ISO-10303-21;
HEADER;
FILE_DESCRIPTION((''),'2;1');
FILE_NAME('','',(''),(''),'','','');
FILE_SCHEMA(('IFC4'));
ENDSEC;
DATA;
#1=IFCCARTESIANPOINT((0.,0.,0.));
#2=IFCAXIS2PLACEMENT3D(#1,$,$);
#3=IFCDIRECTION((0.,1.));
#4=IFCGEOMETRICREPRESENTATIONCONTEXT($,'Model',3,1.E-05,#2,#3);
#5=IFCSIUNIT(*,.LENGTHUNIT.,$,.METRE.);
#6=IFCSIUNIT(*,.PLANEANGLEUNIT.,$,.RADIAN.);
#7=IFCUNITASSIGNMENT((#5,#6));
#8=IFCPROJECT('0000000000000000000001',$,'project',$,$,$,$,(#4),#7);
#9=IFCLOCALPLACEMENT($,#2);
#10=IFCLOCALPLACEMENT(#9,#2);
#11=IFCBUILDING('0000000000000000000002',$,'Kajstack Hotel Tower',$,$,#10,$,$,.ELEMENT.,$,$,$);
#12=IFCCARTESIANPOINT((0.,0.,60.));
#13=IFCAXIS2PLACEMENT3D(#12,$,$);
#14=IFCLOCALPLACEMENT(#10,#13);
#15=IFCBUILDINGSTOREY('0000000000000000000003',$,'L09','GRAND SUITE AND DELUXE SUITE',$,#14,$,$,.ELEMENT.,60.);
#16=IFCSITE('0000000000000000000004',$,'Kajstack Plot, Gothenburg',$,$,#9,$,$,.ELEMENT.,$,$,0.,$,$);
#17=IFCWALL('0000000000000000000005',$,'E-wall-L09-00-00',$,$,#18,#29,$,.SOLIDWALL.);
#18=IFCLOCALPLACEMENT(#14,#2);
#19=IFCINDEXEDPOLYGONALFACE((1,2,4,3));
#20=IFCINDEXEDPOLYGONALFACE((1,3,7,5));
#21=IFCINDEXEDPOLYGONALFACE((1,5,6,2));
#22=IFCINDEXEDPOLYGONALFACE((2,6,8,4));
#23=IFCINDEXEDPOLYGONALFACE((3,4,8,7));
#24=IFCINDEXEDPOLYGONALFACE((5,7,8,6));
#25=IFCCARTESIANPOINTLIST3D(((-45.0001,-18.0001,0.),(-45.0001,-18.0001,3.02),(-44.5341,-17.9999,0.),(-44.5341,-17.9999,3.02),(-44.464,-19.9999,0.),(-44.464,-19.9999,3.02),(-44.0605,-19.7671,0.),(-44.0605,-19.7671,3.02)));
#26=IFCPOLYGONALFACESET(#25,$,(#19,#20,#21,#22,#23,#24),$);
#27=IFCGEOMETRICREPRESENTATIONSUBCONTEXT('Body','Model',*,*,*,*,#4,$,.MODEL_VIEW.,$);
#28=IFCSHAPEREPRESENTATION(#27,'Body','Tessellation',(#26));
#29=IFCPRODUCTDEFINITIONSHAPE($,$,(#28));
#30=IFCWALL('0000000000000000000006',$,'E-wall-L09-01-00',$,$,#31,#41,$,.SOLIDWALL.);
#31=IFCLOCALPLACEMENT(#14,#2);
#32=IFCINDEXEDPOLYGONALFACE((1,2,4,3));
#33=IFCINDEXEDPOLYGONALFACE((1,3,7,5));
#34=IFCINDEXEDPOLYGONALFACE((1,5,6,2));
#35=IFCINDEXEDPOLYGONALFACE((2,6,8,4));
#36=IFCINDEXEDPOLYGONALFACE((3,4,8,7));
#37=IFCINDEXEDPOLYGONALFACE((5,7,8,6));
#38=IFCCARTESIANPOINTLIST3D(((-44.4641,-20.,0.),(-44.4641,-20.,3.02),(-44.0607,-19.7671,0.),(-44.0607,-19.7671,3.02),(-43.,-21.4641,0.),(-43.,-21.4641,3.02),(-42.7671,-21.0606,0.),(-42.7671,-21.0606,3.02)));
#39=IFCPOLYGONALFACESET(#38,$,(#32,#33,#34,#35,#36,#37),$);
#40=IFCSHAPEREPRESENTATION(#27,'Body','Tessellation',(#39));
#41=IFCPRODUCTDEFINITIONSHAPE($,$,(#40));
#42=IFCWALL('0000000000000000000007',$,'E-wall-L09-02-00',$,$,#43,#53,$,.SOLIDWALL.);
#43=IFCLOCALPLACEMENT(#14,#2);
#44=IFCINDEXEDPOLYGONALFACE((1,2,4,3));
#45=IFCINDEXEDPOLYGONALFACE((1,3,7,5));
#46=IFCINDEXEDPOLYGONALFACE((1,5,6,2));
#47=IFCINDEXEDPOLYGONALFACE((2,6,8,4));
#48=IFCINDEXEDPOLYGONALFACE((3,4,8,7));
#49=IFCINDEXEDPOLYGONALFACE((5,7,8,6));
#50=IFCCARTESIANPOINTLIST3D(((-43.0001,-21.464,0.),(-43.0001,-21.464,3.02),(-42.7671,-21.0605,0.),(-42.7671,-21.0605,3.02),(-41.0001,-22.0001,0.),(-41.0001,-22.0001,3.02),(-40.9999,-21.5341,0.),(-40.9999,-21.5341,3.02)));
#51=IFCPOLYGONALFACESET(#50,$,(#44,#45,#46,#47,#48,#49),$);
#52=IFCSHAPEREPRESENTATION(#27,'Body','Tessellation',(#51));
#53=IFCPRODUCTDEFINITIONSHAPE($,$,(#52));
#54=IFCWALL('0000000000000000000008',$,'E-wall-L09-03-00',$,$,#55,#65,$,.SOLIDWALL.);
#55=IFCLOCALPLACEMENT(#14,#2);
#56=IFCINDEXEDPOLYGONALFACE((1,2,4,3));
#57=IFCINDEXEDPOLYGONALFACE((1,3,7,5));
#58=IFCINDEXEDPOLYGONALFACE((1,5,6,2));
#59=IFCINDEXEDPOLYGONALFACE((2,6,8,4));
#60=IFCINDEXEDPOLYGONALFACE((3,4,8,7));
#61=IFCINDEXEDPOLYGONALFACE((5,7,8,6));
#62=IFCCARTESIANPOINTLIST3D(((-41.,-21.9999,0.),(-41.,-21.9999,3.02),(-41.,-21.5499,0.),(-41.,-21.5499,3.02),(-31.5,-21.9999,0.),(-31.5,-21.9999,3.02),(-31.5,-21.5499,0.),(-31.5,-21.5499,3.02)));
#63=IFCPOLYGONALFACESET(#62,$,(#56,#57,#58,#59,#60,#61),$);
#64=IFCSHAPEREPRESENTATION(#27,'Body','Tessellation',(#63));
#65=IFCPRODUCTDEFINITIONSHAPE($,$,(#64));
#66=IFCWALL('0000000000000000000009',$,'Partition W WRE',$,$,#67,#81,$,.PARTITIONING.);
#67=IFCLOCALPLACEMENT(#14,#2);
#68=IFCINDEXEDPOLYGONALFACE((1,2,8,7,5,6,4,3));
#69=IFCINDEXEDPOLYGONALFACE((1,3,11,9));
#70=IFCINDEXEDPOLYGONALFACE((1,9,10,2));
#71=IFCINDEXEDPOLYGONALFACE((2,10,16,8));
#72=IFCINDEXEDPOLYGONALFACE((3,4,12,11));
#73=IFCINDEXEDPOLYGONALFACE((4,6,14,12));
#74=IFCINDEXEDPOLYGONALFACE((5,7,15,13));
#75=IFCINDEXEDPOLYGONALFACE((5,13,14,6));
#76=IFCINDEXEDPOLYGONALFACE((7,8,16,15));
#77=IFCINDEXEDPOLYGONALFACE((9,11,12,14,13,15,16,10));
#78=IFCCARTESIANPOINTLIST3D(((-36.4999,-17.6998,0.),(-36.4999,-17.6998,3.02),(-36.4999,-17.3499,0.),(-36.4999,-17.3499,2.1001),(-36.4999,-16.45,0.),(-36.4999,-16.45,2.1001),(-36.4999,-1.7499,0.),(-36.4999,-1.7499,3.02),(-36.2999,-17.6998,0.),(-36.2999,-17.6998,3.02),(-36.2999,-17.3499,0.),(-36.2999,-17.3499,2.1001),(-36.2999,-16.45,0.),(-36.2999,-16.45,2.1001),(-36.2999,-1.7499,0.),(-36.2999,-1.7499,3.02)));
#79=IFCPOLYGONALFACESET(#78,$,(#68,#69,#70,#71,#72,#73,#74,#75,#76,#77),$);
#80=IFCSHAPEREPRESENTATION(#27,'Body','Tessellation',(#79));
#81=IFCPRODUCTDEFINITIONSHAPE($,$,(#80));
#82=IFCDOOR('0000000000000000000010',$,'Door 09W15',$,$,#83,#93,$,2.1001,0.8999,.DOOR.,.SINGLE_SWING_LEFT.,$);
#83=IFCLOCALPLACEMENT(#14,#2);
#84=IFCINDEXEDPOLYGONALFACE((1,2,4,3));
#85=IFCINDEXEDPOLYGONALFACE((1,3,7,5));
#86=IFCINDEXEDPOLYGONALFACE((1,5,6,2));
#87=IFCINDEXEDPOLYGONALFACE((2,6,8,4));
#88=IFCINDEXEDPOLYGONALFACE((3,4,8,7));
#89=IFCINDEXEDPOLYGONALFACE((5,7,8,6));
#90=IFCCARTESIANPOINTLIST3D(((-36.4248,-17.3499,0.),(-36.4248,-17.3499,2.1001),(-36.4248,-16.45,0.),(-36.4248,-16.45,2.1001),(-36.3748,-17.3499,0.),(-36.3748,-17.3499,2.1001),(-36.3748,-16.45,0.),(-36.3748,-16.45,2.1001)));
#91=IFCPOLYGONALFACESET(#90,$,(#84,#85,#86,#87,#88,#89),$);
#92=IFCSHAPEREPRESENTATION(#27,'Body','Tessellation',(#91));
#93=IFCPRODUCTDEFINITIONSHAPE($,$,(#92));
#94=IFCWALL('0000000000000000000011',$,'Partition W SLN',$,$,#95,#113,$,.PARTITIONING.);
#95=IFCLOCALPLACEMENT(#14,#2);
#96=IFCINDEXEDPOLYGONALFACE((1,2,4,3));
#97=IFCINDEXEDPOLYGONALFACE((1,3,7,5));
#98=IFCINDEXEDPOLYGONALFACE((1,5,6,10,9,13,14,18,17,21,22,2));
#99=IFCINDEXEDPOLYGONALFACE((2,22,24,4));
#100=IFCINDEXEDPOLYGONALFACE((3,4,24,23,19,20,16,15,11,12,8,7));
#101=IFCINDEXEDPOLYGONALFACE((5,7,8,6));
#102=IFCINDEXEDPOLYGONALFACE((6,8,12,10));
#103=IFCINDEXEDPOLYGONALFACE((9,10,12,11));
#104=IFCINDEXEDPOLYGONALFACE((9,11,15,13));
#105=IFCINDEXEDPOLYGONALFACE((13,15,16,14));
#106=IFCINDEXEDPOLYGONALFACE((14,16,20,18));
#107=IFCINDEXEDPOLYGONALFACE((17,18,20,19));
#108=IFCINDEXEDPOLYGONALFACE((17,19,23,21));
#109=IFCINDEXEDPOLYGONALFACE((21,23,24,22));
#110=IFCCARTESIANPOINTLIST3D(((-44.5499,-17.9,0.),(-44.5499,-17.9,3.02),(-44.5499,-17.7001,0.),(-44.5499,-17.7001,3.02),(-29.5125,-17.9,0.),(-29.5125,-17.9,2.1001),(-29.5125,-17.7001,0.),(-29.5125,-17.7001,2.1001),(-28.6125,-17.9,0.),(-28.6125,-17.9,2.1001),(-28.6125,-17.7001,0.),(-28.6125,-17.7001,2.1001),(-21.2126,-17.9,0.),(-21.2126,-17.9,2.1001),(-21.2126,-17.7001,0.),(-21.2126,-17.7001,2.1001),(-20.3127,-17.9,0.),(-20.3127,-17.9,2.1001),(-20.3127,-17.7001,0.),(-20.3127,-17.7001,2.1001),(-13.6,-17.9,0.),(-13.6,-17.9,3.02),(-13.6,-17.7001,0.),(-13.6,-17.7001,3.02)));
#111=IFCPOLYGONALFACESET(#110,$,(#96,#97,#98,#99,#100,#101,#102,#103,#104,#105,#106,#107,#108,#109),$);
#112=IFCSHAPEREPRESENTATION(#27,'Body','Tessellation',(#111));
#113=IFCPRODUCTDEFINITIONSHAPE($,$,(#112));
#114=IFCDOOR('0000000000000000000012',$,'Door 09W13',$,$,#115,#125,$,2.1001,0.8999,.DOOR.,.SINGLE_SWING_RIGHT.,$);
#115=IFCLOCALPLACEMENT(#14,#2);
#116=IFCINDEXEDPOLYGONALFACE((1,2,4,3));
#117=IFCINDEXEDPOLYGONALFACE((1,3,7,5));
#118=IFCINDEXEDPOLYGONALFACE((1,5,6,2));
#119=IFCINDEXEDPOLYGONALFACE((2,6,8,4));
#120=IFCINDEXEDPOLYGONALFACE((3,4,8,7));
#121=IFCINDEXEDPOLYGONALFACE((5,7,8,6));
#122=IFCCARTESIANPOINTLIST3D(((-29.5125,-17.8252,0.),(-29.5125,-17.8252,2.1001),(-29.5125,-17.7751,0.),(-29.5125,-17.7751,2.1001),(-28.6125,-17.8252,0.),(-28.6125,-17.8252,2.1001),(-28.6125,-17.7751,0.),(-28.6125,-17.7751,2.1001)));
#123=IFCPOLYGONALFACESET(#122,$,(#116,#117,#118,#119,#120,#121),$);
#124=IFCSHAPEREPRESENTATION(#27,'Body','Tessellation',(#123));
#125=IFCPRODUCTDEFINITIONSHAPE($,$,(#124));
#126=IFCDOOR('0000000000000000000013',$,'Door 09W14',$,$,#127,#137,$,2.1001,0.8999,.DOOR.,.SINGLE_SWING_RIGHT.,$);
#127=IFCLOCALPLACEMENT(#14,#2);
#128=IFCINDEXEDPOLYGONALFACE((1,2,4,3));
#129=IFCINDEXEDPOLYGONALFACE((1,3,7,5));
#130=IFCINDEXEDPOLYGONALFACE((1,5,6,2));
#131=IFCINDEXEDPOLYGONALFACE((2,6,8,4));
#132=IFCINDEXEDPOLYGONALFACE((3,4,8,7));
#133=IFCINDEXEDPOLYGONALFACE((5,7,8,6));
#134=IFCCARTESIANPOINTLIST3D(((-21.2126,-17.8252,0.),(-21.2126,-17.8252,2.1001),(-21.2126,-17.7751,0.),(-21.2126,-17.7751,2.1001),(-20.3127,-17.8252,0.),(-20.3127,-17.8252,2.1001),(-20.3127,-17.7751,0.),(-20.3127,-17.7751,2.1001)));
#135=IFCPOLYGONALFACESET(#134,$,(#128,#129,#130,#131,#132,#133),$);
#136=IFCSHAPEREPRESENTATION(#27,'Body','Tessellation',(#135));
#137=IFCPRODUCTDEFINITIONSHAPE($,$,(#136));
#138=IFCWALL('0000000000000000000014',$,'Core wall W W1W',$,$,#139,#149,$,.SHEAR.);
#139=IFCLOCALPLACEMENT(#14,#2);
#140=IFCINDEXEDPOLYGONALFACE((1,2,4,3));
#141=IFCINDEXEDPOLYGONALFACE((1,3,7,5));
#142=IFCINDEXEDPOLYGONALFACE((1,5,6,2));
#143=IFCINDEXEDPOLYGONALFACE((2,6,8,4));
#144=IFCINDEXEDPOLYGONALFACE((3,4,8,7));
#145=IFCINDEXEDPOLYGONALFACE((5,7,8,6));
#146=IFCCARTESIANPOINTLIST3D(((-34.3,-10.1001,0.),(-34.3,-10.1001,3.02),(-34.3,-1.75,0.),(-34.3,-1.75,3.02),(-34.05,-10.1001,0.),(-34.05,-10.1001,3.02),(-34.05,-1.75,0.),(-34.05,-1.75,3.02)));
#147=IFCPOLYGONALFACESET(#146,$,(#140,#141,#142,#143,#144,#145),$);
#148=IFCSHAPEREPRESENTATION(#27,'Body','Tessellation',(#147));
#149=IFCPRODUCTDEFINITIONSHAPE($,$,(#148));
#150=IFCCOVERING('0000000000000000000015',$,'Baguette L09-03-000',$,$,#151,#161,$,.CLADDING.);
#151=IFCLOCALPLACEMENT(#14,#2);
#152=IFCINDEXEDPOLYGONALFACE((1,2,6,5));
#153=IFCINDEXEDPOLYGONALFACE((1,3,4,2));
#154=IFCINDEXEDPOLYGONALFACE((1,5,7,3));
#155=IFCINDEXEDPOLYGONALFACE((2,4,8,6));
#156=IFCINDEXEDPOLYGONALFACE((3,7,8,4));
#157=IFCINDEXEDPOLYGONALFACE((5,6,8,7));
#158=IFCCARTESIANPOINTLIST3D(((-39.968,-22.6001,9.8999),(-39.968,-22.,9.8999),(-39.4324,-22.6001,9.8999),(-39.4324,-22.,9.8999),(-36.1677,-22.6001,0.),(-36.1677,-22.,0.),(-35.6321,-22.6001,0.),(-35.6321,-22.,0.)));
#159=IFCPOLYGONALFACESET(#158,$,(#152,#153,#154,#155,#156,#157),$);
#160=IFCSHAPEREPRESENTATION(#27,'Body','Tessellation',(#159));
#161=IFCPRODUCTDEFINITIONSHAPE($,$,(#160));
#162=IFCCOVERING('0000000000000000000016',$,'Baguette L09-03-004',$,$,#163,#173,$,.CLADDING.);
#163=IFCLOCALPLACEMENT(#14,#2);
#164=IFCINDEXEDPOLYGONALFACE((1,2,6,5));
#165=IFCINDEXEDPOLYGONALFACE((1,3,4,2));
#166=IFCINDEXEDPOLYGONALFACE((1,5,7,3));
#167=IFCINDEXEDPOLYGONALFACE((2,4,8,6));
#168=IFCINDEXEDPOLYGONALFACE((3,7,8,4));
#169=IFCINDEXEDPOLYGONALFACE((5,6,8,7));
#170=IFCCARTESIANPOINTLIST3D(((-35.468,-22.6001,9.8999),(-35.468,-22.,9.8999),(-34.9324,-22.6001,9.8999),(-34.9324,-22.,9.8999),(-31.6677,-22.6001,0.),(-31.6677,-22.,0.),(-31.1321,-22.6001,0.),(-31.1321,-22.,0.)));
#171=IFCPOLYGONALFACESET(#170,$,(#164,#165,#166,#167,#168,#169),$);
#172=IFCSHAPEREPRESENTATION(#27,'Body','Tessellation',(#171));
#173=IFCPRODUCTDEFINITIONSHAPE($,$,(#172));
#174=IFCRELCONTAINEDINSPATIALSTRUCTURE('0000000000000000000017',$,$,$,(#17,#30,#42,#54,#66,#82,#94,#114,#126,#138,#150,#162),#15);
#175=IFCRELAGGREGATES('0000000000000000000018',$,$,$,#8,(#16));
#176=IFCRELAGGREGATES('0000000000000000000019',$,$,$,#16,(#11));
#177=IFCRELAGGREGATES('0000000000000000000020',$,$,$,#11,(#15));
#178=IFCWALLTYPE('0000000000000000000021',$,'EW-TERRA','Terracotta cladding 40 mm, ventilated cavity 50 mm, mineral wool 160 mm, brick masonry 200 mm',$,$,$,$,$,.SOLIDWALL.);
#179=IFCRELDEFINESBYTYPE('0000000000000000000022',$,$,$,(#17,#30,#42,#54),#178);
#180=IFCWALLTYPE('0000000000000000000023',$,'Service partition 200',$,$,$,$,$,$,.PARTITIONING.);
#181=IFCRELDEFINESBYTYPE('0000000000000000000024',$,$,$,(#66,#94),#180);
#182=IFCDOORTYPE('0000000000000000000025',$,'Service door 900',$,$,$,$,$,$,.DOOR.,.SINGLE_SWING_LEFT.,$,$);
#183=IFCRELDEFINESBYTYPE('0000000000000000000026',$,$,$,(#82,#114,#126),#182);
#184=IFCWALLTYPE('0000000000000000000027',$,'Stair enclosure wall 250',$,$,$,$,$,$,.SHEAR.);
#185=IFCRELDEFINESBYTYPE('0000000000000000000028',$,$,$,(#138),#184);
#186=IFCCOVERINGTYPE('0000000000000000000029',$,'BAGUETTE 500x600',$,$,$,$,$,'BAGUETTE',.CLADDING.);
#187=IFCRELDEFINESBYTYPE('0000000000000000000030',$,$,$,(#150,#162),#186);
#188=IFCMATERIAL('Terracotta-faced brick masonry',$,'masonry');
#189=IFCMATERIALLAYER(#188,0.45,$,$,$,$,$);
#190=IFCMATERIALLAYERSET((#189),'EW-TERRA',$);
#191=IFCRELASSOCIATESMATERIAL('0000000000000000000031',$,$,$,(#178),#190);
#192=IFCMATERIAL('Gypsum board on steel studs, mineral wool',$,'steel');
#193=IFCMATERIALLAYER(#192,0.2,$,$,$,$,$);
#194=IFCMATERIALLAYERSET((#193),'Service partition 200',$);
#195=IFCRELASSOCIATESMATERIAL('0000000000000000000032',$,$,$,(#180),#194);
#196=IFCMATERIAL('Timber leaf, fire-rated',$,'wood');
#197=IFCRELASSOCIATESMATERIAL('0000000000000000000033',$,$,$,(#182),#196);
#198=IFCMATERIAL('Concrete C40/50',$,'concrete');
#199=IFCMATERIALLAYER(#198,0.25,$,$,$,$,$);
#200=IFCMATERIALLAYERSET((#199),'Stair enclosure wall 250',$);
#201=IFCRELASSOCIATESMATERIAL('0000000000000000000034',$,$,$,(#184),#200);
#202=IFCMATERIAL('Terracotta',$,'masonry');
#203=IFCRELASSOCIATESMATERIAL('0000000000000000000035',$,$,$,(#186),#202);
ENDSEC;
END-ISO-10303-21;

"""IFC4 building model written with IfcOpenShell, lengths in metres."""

from ifc_helpers import new_model, si_unit, direction, frame, frame_2d, origin, origin_2d, place, context, subcontext, project, spatial, polyline, rectangle, outline, extrude, material, layer, layer_set, material_profile, profile_set, type_object, element, fill, save


model = new_model("IFC4")

# Units and contexts
model_context = context("Model", 3, precision=1e-05, world=origin(), true_north=direction((0.0, 1.0)))
body_context = subcontext(model_context, "Body", "Model", "MODEL_VIEW")
ifc_project = project(units=[si_unit("LENGTHUNIT", "METRE"), si_unit("PLANEANGLEUNIT", "RADIAN")], contexts=[model_context])

# Site, building, storey
site_placement = place(None, origin())
site = spatial("IfcSite", under=ifc_project, at=site_placement, Name="Kajstack Plot, Gothenburg", CompositionType="ELEMENT", RefElevation=0.0)
building_placement = place(site_placement, origin())
building = spatial("IfcBuilding", under=site, at=building_placement, Name="Kajstack Hotel Tower", CompositionType="ELEMENT")
storey_placement = place(building_placement, frame((0.0, 0.0, 60.0)))
storey = spatial("IfcBuildingStorey", under=building, at=storey_placement, Name="L09", Description="GRAND SUITE AND DELUXE SUITE", CompositionType="ELEMENT", Elevation=60.0)

# Walls
ifc_material_1 = material(Name="Terracotta-faced brick masonry", Category="masonry")
ifc_layer_1 = layer(ifc_material_1, 0.45)
ifc_layer_set_1 = layer_set([ifc_layer_1], Name="EW-TERRA")
wall_type_1 = type_object("IfcWallType", Name="EW-TERRA", Description="Terracotta cladding 40 mm, ventilated cavity 50 mm, mineral wool 160 mm, brick masonry 200 mm", PredefinedType="SOLIDWALL", material=ifc_layer_set_1)
wall_1_placement = place(storey_placement, frame((-44.7827, -17.9417, 0.0), z_axis=(0.0, 0.0, 1.0), x_axis=(0.258815, -0.965927, 0.0)))
element("IfcWall", 1, at=wall_1_placement, inside=storey, type_object=wall_type_1, Name="E-wall-L09-00-00", PredefinedType="SOLIDWALL", context=body_context, shape_type="SweptSolid", body=[
    extrude(outline(polyline([(0.0002, -0.2251), (2.0706, -0.2249), (1.9502, 0.2251), (0.1206, 0.2251), (0.0002, -0.2251)])), origin(), (0.0, 0.0, 1.0), 3.02),
])
wall_2_placement = place(storey_placement, frame((-44.3049, -19.8408, 0.0), z_axis=(0.0, 0.0, 1.0), x_axis=(0.707107, -0.707107, 0.0)))
element("IfcWall", 2, at=wall_2_placement, inside=storey, type_object=wall_type_1, Name="E-wall-L09-01-00", PredefinedType="SOLIDWALL", context=body_context, shape_type="SweptSolid", body=[
    extrude(outline(polyline([(0.0, -0.2251), (2.0706, -0.2251), (1.95, 0.2249), (0.1206, 0.2249), (0.0, -0.2251)])), origin(), (0.0, 0.0, 1.0), 3.02),
])
wall_3_placement = place(storey_placement, frame((-42.9417, -21.2468, 0.0), z_axis=(0.0, 0.0, 1.0), x_axis=(0.965927, -0.258815, 0.0)))
element("IfcWall", 3, at=wall_3_placement, inside=storey, type_object=wall_type_1, Name="E-wall-L09-02-00", PredefinedType="SOLIDWALL", context=body_context, shape_type="SweptSolid", body=[
    extrude(outline(polyline([(-0.0002, -0.2249), (2.0703, -0.2251), (1.95, 0.2251), (0.1204, 0.2251), (-0.0002, -0.2249)])), origin(), (0.0, 0.0, 1.0), 3.02),
])
wall_4_placement = place(storey_placement, frame((-41.0, -21.7749, 0.0), z_axis=(0.0, 0.0, 1.0), x_axis=(1.0, 0.0, 0.0)))
element("IfcWall", 4, at=wall_4_placement, inside=storey, type_object=wall_type_1, Name="E-wall-L09-03-00", PredefinedType="SOLIDWALL", context=body_context, shape_type="SweptSolid", body=[
    extrude(rectangle(XDim=9.5, YDim=0.45, at=frame_2d((4.75, 0.0))), origin(), (0.0, 0.0, 1.0), 3.02),
])

# Wall, opening, door
ifc_material_2 = material(Name="Gypsum board on steel studs, mineral wool", Category="steel")
ifc_layer_2 = layer(ifc_material_2, 0.2)
ifc_layer_set_2 = layer_set([ifc_layer_2], Name="Service partition 200")
wall_type_2 = type_object("IfcWallType", Name="Service partition 200", PredefinedType="PARTITIONING", material=ifc_layer_set_2)
wall_5_placement = place(storey_placement, frame((-36.3999, -17.7, 0.0), z_axis=(0.0, 0.0, 1.0), x_axis=(0.0, 1.0, 0.0)))
wall_5 = element("IfcWall", 5, at=wall_5_placement, inside=storey, type_object=wall_type_2, Name="Partition W WRE", PredefinedType="PARTITIONING", context=body_context, shape_type="SweptSolid", body=[
    extrude(rectangle(XDim=15.95, YDim=0.2, at=frame_2d((7.9751, 0.0))), origin(), (0.0, 0.0, 1.0), 3.02),
])
opening_1_placement = place(wall_5_placement, frame((0.3501, 0.0, 0.0)))
opening_1 = element("IfcOpeningElement", 6, at=opening_1_placement, cuts=wall_5, PredefinedType="OPENING", context=body_context, shape_type="SweptSolid", body=[
    extrude(rectangle(XDim=0.8999, YDim=2.1001, at=frame_2d((0.45, 1.05))), frame((0.0, 0.1099, 0.0), z_axis=(0.0, -1.0, 0.0), x_axis=(1.0, 0.0, 0.0)), (0.0, 0.0, 1.0), 0.22),
])
ifc_material_3 = material(Name="Timber leaf, fire-rated", Category="wood")
door_type = type_object("IfcDoorType", Name="Service door 900", OperationType="SINGLE_SWING_LEFT", PredefinedType="DOOR", material=ifc_material_3)
door_1_placement = place(opening_1_placement, origin())
door_1 = element("IfcDoor", 7, at=door_1_placement, inside=storey, type_object=door_type, Name="Door 09W15", OperationType="SINGLE_SWING_LEFT", OverallHeight=2.1001, OverallWidth=0.8999, PredefinedType="DOOR", context=body_context, shape_type="SweptSolid", body=[
    extrude(rectangle(XDim=0.8999, YDim=2.1001, at=frame_2d((0.45, 1.05))), frame((0.0, 0.0249, 0.0), z_axis=(0.0, -1.0, 0.0), x_axis=(1.0, 0.0, 0.0)), (0.0, 0.0, 1.0), 0.05),
])
fill(opening_1, door_1)

# Wall, openings, doors
wall_6_placement = place(storey_placement, frame((-44.55, -17.8, 0.0), z_axis=(0.0, 0.0, 1.0), x_axis=(1.0, 0.0, 0.0)))
wall_6 = element("IfcWall", 8, at=wall_6_placement, inside=storey, type_object=wall_type_2, Name="Partition W SLN", PredefinedType="PARTITIONING", context=body_context, shape_type="SweptSolid", body=[
    extrude(rectangle(XDim=30.95, YDim=0.2, at=frame_2d((15.4751, 0.0))), origin(), (0.0, 0.0, 1.0), 3.02),
])
opening_2_placement = place(wall_6_placement, frame((15.0376, 0.0, 0.0)))
opening_2 = element("IfcOpeningElement", 9, at=opening_2_placement, cuts=wall_6, PredefinedType="OPENING", context=body_context, shape_type="SweptSolid", body=[
    extrude(rectangle(XDim=0.8999, YDim=2.1001, at=frame_2d((0.45, 1.05))), frame((0.0, 0.1099, 0.0), z_axis=(0.0, -1.0, 0.0), x_axis=(1.0, 0.0, 0.0)), (0.0, 0.0, 1.0), 0.22),
])
opening_3_placement = place(wall_6_placement, frame((23.3374, 0.0, 0.0)))
opening_3 = element("IfcOpeningElement", 10, at=opening_3_placement, cuts=wall_6, PredefinedType="OPENING", context=body_context, shape_type="SweptSolid", body=[
    extrude(rectangle(XDim=0.8999, YDim=2.1001, at=frame_2d((0.45, 1.05))), frame((0.0, 0.1099, 0.0), z_axis=(0.0, -1.0, 0.0), x_axis=(1.0, 0.0, 0.0)), (0.0, 0.0, 1.0), 0.22),
])
door_2_placement = place(opening_2_placement, origin())
door_2 = element("IfcDoor", 11, at=door_2_placement, inside=storey, type_object=door_type, Name="Door 09W13", OperationType="SINGLE_SWING_RIGHT", OverallHeight=2.1001, OverallWidth=0.8999, PredefinedType="DOOR", context=body_context, shape_type="SweptSolid", body=[
    extrude(rectangle(XDim=0.8999, YDim=2.1001, at=frame_2d((0.45, 1.05))), frame((0.0, 0.0249, 0.0), z_axis=(0.0, -1.0, 0.0), x_axis=(1.0, 0.0, 0.0)), (0.0, 0.0, 1.0), 0.05),
])
fill(opening_2, door_2)
door_3_placement = place(opening_3_placement, origin())
door_3 = element("IfcDoor", 12, at=door_3_placement, inside=storey, type_object=door_type, Name="Door 09W14", OperationType="SINGLE_SWING_RIGHT", OverallHeight=2.1001, OverallWidth=0.8999, PredefinedType="DOOR", context=body_context, shape_type="SweptSolid", body=[
    extrude(rectangle(XDim=0.8999, YDim=2.1001, at=frame_2d((0.45, 1.05))), frame((0.0, 0.0249, 0.0), z_axis=(0.0, -1.0, 0.0), x_axis=(1.0, 0.0, 0.0)), (0.0, 0.0, 1.0), 0.05),
])
fill(opening_3, door_3)

# Wall
ifc_material_4 = material(Name="Concrete C40/50", Category="concrete")
ifc_layer_3 = layer(ifc_material_4, 0.25)
ifc_layer_set_3 = layer_set([ifc_layer_3], Name="Stair enclosure wall 250")
wall_type_3 = type_object("IfcWallType", Name="Stair enclosure wall 250", PredefinedType="SHEAR", material=ifc_layer_set_3)
wall_7_placement = place(storey_placement, frame((-34.175, -10.1001, 0.0), z_axis=(0.0, 0.0, 1.0), x_axis=(0.0, 1.0, 0.0)))
element("IfcWall", 13, at=wall_7_placement, inside=storey, type_object=wall_type_3, Name="Core wall W W1W", PredefinedType="SHEAR", context=body_context, shape_type="SweptSolid", body=[
    extrude(rectangle(XDim=8.3501, YDim=0.25, at=frame_2d((4.175, 0.0))), origin(), (0.0, 0.0, 1.0), 3.02),
])

# Coverings
ifc_material_5 = material(Name="Terracotta", Category="masonry")
ifc_material_profile = material_profile(ifc_material_5, rectangle(XDim=0.6001, YDim=0.5, at=origin_2d()), Name="Terracotta-clad concrete baguette 500 x 600")
ifc_profile_set = profile_set([ifc_material_profile], Name="Terracotta")
covering_type = type_object("IfcCoveringType", Name="BAGUETTE 500x600", ElementType="BAGUETTE", PredefinedType="CLADDING", material=ifc_profile_set)
for number, where, z_axis, x_axis, name in (
    (14, (-39.968, -22.0, 0.0), (0.0, -1.0, 0.0), (1.0, 0.0, 0.0), "Baguette L09-03-000"),
    (15, (-35.468, -22.0, 0.0), (0.0, -1.0, 0.0), (1.0, 0.0, 0.0), "Baguette L09-03-004"),
):
    element("IfcCovering", number, at=place(storey_placement, frame(where, z_axis=z_axis, x_axis=x_axis)), inside=storey, type_object=covering_type, Name=name, PredefinedType="CLADDING", context=body_context, shape_type="SweptSolid", body=[
        extrude(outline(polyline([(0.0, 9.8999), (3.8003, 0.0), (4.3359, 0.0), (0.5356, 9.8999), (0.0, 9.8999)])), origin(), (0.0, 0.0, 1.0), 0.6001),
    ])

save(model, "model.ifc")
